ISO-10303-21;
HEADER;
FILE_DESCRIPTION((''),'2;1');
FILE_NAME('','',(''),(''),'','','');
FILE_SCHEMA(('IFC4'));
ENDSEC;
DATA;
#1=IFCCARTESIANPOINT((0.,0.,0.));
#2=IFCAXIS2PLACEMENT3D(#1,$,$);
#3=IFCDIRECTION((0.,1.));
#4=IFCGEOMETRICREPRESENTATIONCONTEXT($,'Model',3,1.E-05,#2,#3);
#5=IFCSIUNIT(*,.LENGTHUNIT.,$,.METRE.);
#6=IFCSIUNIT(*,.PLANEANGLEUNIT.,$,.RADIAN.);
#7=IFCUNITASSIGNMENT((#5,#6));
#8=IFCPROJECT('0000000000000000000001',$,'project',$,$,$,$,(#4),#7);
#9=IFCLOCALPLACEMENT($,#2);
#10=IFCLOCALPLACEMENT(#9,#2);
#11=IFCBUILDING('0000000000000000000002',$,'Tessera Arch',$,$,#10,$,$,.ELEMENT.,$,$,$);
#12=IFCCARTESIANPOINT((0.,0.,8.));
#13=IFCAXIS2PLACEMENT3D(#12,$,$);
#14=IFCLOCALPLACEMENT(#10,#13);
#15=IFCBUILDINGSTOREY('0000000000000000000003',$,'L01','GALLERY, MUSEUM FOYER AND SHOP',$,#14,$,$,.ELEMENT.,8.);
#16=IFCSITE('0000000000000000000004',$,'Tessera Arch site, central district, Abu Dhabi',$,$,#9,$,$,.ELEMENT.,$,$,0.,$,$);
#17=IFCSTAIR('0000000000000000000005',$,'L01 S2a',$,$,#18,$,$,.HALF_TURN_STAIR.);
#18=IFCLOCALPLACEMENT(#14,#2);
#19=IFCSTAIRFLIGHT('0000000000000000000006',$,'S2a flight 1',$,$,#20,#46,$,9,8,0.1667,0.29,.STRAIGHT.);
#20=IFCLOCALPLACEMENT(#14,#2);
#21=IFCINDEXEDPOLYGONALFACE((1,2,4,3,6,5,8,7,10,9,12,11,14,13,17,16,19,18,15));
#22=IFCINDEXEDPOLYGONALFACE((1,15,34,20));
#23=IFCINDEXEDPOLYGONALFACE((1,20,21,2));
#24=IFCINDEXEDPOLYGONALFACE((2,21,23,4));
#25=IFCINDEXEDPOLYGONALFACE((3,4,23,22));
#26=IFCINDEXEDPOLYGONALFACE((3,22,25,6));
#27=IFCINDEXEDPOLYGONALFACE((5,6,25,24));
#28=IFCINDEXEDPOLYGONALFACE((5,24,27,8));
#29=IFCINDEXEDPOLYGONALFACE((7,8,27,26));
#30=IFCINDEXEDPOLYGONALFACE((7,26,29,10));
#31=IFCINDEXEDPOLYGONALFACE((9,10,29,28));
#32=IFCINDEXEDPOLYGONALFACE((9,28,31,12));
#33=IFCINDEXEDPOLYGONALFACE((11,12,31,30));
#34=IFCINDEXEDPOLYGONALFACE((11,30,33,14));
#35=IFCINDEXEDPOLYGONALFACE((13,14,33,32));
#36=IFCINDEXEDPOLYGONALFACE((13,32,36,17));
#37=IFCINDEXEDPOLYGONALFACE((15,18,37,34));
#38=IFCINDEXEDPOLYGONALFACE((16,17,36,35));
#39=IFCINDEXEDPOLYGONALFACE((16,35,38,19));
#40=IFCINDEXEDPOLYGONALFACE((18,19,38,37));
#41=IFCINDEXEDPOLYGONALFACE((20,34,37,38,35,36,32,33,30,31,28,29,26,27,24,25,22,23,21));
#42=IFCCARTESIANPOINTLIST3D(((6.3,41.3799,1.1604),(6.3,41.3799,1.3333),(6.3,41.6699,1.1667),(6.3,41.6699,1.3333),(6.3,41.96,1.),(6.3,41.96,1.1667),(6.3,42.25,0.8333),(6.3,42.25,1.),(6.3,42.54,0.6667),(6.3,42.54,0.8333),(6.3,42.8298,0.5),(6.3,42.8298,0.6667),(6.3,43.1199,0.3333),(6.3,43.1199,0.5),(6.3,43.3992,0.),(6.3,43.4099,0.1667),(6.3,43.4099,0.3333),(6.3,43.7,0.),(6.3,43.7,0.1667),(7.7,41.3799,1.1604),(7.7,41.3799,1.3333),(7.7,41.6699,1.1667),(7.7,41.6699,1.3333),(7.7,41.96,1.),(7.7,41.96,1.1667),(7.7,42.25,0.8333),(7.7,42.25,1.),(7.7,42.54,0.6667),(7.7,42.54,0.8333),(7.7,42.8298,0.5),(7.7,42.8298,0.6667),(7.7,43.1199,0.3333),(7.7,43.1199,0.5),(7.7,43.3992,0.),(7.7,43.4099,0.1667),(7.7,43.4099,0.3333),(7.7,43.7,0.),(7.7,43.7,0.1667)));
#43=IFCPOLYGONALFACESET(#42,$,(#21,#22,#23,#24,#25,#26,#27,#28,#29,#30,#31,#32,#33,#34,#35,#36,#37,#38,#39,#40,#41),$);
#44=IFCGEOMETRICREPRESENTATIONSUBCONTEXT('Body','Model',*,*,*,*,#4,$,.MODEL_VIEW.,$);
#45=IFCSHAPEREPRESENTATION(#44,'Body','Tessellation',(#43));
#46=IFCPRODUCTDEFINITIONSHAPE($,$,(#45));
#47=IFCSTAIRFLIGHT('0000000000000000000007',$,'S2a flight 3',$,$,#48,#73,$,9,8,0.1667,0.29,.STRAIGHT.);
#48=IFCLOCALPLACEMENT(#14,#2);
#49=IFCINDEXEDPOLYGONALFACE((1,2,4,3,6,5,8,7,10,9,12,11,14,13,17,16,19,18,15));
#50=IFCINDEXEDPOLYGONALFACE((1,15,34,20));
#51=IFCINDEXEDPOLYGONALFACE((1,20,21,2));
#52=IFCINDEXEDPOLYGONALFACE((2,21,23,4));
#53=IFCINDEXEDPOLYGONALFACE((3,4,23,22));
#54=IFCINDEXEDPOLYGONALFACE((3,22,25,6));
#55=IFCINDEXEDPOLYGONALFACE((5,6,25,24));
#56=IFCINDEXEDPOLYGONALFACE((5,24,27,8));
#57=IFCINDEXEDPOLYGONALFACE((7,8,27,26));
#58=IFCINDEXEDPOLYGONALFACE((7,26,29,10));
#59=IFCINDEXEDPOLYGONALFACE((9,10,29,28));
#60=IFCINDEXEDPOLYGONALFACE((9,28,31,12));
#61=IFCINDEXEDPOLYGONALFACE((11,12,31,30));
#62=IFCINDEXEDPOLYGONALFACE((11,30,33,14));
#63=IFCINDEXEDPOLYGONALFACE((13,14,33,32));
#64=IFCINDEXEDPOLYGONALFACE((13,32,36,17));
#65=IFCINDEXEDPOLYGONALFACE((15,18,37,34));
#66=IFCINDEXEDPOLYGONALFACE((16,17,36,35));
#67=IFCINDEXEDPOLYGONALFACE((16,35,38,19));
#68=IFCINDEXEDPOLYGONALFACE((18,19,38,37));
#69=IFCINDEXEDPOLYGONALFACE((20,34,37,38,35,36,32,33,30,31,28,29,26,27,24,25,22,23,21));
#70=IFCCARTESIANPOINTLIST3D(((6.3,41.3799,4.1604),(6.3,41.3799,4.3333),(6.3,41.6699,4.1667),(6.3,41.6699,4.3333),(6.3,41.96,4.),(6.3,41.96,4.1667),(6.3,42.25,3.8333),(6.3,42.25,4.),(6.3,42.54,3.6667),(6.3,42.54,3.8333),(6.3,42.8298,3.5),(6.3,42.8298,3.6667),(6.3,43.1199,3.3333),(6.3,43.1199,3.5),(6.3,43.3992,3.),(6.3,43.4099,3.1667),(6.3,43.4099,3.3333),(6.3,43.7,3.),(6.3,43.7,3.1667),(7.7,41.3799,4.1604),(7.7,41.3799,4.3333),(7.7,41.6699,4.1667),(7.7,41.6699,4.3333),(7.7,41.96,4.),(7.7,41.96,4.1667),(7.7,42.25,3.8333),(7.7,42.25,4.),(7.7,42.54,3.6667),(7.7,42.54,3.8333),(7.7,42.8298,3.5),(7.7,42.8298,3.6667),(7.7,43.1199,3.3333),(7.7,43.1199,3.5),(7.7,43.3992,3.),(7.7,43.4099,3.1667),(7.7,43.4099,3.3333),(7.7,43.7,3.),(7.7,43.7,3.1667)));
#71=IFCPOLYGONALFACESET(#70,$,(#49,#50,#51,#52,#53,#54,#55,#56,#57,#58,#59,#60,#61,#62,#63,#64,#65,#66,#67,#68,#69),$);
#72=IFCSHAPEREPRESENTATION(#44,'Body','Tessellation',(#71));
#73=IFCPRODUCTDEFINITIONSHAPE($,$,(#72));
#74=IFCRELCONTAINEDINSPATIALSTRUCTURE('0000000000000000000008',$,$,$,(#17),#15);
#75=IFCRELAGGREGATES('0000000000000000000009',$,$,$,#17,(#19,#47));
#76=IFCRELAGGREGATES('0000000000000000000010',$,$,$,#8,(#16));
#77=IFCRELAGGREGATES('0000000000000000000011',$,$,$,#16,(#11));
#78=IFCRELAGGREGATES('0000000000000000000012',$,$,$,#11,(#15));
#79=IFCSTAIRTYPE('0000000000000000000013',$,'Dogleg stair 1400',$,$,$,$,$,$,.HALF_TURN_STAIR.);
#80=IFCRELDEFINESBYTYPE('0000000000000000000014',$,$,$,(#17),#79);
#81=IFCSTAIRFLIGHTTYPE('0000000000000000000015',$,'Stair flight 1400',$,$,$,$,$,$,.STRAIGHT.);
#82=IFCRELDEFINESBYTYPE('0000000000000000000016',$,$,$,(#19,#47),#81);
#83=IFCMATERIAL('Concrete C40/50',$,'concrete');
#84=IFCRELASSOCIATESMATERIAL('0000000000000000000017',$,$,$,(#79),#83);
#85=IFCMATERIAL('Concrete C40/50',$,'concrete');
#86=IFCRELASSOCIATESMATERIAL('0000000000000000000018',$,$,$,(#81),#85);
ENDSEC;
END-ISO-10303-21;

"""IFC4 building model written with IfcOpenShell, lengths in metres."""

from ifc_helpers import new_model, si_unit, direction, frame, origin, place, context, subcontext, project, spatial, polyline, outline, extrude, material, type_object, element, aggregate, save


model = new_model("IFC4")

# Units and contexts
model_context = context("Model", 3, precision=1e-05, world=origin(), true_north=direction((0.0, 1.0)))
body_context = subcontext(model_context, "Body", "Model", "MODEL_VIEW")
ifc_project = project(units=[si_unit("LENGTHUNIT", "METRE"), si_unit("PLANEANGLEUNIT", "RADIAN")], contexts=[model_context])

# Site, building, storey
site_placement = place(None, origin())
site = spatial("IfcSite", under=ifc_project, at=site_placement, Name="Tessera Arch site, central district, Abu Dhabi", CompositionType="ELEMENT", RefElevation=0.0)
building_placement = place(site_placement, origin())
building = spatial("IfcBuilding", under=site, at=building_placement, Name="Tessera Arch", CompositionType="ELEMENT")
storey_placement = place(building_placement, frame((0.0, 0.0, 8.0)))
storey = spatial("IfcBuildingStorey", under=building, at=storey_placement, Name="L01", Description="GALLERY, MUSEUM FOYER AND SHOP", CompositionType="ELEMENT", Elevation=8.0)

# Stair, stair flights
ifc_material_1 = material(Name="Concrete C40/50", Category="concrete")
stair_type = type_object("IfcStairType", Name="Dogleg stair 1400", PredefinedType="HALF_TURN_STAIR", material=ifc_material_1)
stair_placement = place(storey_placement, origin())
stair = element("IfcStair", 1, at=stair_placement, inside=storey, type_object=stair_type, Name="L01 S2a", PredefinedType="HALF_TURN_STAIR")
ifc_material_2 = material(Name="Concrete C40/50", Category="concrete")
stair_flight_type = type_object("IfcStairFlightType", Name="Stair flight 1400", PredefinedType="STRAIGHT", material=ifc_material_2)
stair_flight_1_placement = place(storey_placement, frame((7.0, 43.7, 0.0), z_axis=(0.0, 0.0, 1.0), x_axis=(0.0, -1.0, 0.0)))
stair_flight_1 = element("IfcStairFlight", 2, at=stair_flight_1_placement, type_object=stair_flight_type, Name="S2a flight 1", NumberOfRisers=9, NumberOfTreads=8, PredefinedType="STRAIGHT", RiserHeight=0.1667, TreadLength=0.29, context=body_context, shape_type="SweptSolid", body=[
    extrude(outline(polyline([(0.0, 0.0), (0.0, 0.1667), (0.29, 0.1667), (0.29, 0.3333), (0.5801, 0.3333), (0.5801, 0.5), (0.8701, 0.5), (0.8701, 0.6667), (1.1599, 0.6667), (1.1599, 0.8333), (1.45, 0.8333), (1.45, 1.0), (1.74, 1.0), (1.74, 1.1667), (2.03, 1.1667), (2.03, 1.3333), (2.3201, 1.3333), (2.3201, 1.5), (2.3201, 1.1604), (0.3008, 0.0), (0.0, 0.0)])), frame((0.0, 0.7, 0.0), z_axis=(0.0, -1.0, 0.0), x_axis=(1.0, 0.0, 0.0)), (0.0, 0.0, 1.0), 1.3999),
])
stair_flight_2_placement = place(storey_placement, frame((7.0, 43.7, 3.0), z_axis=(0.0, 0.0, 1.0), x_axis=(0.0, -1.0, 0.0)))
stair_flight_2 = element("IfcStairFlight", 3, at=stair_flight_2_placement, type_object=stair_flight_type, Name="S2a flight 3", NumberOfRisers=9, NumberOfTreads=8, PredefinedType="STRAIGHT", RiserHeight=0.1667, TreadLength=0.29, context=body_context, shape_type="SweptSolid", body=[
    extrude(outline(polyline([(0.0, 0.0), (0.0, 0.1667), (0.29, 0.1667), (0.29, 0.3333), (0.5801, 0.3333), (0.5801, 0.5), (0.8701, 0.5), (0.8701, 0.6667), (1.1599, 0.6667), (1.1599, 0.8333), (1.45, 0.8333), (1.45, 1.0), (1.74, 1.0), (1.74, 1.1667), (2.03, 1.1667), (2.03, 1.3333), (2.3201, 1.3333), (2.3201, 1.5), (2.3201, 1.1604), (0.3008, 0.0), (0.0, 0.0)])), frame((0.0, 0.7, 0.0), z_axis=(0.0, -1.0, 0.0), x_axis=(1.0, 0.0, 0.0)), (0.0, 0.0, 1.0), 1.3999),
])
aggregate(stair, [stair_flight_1, stair_flight_2])

save(model, "model.ifc")
